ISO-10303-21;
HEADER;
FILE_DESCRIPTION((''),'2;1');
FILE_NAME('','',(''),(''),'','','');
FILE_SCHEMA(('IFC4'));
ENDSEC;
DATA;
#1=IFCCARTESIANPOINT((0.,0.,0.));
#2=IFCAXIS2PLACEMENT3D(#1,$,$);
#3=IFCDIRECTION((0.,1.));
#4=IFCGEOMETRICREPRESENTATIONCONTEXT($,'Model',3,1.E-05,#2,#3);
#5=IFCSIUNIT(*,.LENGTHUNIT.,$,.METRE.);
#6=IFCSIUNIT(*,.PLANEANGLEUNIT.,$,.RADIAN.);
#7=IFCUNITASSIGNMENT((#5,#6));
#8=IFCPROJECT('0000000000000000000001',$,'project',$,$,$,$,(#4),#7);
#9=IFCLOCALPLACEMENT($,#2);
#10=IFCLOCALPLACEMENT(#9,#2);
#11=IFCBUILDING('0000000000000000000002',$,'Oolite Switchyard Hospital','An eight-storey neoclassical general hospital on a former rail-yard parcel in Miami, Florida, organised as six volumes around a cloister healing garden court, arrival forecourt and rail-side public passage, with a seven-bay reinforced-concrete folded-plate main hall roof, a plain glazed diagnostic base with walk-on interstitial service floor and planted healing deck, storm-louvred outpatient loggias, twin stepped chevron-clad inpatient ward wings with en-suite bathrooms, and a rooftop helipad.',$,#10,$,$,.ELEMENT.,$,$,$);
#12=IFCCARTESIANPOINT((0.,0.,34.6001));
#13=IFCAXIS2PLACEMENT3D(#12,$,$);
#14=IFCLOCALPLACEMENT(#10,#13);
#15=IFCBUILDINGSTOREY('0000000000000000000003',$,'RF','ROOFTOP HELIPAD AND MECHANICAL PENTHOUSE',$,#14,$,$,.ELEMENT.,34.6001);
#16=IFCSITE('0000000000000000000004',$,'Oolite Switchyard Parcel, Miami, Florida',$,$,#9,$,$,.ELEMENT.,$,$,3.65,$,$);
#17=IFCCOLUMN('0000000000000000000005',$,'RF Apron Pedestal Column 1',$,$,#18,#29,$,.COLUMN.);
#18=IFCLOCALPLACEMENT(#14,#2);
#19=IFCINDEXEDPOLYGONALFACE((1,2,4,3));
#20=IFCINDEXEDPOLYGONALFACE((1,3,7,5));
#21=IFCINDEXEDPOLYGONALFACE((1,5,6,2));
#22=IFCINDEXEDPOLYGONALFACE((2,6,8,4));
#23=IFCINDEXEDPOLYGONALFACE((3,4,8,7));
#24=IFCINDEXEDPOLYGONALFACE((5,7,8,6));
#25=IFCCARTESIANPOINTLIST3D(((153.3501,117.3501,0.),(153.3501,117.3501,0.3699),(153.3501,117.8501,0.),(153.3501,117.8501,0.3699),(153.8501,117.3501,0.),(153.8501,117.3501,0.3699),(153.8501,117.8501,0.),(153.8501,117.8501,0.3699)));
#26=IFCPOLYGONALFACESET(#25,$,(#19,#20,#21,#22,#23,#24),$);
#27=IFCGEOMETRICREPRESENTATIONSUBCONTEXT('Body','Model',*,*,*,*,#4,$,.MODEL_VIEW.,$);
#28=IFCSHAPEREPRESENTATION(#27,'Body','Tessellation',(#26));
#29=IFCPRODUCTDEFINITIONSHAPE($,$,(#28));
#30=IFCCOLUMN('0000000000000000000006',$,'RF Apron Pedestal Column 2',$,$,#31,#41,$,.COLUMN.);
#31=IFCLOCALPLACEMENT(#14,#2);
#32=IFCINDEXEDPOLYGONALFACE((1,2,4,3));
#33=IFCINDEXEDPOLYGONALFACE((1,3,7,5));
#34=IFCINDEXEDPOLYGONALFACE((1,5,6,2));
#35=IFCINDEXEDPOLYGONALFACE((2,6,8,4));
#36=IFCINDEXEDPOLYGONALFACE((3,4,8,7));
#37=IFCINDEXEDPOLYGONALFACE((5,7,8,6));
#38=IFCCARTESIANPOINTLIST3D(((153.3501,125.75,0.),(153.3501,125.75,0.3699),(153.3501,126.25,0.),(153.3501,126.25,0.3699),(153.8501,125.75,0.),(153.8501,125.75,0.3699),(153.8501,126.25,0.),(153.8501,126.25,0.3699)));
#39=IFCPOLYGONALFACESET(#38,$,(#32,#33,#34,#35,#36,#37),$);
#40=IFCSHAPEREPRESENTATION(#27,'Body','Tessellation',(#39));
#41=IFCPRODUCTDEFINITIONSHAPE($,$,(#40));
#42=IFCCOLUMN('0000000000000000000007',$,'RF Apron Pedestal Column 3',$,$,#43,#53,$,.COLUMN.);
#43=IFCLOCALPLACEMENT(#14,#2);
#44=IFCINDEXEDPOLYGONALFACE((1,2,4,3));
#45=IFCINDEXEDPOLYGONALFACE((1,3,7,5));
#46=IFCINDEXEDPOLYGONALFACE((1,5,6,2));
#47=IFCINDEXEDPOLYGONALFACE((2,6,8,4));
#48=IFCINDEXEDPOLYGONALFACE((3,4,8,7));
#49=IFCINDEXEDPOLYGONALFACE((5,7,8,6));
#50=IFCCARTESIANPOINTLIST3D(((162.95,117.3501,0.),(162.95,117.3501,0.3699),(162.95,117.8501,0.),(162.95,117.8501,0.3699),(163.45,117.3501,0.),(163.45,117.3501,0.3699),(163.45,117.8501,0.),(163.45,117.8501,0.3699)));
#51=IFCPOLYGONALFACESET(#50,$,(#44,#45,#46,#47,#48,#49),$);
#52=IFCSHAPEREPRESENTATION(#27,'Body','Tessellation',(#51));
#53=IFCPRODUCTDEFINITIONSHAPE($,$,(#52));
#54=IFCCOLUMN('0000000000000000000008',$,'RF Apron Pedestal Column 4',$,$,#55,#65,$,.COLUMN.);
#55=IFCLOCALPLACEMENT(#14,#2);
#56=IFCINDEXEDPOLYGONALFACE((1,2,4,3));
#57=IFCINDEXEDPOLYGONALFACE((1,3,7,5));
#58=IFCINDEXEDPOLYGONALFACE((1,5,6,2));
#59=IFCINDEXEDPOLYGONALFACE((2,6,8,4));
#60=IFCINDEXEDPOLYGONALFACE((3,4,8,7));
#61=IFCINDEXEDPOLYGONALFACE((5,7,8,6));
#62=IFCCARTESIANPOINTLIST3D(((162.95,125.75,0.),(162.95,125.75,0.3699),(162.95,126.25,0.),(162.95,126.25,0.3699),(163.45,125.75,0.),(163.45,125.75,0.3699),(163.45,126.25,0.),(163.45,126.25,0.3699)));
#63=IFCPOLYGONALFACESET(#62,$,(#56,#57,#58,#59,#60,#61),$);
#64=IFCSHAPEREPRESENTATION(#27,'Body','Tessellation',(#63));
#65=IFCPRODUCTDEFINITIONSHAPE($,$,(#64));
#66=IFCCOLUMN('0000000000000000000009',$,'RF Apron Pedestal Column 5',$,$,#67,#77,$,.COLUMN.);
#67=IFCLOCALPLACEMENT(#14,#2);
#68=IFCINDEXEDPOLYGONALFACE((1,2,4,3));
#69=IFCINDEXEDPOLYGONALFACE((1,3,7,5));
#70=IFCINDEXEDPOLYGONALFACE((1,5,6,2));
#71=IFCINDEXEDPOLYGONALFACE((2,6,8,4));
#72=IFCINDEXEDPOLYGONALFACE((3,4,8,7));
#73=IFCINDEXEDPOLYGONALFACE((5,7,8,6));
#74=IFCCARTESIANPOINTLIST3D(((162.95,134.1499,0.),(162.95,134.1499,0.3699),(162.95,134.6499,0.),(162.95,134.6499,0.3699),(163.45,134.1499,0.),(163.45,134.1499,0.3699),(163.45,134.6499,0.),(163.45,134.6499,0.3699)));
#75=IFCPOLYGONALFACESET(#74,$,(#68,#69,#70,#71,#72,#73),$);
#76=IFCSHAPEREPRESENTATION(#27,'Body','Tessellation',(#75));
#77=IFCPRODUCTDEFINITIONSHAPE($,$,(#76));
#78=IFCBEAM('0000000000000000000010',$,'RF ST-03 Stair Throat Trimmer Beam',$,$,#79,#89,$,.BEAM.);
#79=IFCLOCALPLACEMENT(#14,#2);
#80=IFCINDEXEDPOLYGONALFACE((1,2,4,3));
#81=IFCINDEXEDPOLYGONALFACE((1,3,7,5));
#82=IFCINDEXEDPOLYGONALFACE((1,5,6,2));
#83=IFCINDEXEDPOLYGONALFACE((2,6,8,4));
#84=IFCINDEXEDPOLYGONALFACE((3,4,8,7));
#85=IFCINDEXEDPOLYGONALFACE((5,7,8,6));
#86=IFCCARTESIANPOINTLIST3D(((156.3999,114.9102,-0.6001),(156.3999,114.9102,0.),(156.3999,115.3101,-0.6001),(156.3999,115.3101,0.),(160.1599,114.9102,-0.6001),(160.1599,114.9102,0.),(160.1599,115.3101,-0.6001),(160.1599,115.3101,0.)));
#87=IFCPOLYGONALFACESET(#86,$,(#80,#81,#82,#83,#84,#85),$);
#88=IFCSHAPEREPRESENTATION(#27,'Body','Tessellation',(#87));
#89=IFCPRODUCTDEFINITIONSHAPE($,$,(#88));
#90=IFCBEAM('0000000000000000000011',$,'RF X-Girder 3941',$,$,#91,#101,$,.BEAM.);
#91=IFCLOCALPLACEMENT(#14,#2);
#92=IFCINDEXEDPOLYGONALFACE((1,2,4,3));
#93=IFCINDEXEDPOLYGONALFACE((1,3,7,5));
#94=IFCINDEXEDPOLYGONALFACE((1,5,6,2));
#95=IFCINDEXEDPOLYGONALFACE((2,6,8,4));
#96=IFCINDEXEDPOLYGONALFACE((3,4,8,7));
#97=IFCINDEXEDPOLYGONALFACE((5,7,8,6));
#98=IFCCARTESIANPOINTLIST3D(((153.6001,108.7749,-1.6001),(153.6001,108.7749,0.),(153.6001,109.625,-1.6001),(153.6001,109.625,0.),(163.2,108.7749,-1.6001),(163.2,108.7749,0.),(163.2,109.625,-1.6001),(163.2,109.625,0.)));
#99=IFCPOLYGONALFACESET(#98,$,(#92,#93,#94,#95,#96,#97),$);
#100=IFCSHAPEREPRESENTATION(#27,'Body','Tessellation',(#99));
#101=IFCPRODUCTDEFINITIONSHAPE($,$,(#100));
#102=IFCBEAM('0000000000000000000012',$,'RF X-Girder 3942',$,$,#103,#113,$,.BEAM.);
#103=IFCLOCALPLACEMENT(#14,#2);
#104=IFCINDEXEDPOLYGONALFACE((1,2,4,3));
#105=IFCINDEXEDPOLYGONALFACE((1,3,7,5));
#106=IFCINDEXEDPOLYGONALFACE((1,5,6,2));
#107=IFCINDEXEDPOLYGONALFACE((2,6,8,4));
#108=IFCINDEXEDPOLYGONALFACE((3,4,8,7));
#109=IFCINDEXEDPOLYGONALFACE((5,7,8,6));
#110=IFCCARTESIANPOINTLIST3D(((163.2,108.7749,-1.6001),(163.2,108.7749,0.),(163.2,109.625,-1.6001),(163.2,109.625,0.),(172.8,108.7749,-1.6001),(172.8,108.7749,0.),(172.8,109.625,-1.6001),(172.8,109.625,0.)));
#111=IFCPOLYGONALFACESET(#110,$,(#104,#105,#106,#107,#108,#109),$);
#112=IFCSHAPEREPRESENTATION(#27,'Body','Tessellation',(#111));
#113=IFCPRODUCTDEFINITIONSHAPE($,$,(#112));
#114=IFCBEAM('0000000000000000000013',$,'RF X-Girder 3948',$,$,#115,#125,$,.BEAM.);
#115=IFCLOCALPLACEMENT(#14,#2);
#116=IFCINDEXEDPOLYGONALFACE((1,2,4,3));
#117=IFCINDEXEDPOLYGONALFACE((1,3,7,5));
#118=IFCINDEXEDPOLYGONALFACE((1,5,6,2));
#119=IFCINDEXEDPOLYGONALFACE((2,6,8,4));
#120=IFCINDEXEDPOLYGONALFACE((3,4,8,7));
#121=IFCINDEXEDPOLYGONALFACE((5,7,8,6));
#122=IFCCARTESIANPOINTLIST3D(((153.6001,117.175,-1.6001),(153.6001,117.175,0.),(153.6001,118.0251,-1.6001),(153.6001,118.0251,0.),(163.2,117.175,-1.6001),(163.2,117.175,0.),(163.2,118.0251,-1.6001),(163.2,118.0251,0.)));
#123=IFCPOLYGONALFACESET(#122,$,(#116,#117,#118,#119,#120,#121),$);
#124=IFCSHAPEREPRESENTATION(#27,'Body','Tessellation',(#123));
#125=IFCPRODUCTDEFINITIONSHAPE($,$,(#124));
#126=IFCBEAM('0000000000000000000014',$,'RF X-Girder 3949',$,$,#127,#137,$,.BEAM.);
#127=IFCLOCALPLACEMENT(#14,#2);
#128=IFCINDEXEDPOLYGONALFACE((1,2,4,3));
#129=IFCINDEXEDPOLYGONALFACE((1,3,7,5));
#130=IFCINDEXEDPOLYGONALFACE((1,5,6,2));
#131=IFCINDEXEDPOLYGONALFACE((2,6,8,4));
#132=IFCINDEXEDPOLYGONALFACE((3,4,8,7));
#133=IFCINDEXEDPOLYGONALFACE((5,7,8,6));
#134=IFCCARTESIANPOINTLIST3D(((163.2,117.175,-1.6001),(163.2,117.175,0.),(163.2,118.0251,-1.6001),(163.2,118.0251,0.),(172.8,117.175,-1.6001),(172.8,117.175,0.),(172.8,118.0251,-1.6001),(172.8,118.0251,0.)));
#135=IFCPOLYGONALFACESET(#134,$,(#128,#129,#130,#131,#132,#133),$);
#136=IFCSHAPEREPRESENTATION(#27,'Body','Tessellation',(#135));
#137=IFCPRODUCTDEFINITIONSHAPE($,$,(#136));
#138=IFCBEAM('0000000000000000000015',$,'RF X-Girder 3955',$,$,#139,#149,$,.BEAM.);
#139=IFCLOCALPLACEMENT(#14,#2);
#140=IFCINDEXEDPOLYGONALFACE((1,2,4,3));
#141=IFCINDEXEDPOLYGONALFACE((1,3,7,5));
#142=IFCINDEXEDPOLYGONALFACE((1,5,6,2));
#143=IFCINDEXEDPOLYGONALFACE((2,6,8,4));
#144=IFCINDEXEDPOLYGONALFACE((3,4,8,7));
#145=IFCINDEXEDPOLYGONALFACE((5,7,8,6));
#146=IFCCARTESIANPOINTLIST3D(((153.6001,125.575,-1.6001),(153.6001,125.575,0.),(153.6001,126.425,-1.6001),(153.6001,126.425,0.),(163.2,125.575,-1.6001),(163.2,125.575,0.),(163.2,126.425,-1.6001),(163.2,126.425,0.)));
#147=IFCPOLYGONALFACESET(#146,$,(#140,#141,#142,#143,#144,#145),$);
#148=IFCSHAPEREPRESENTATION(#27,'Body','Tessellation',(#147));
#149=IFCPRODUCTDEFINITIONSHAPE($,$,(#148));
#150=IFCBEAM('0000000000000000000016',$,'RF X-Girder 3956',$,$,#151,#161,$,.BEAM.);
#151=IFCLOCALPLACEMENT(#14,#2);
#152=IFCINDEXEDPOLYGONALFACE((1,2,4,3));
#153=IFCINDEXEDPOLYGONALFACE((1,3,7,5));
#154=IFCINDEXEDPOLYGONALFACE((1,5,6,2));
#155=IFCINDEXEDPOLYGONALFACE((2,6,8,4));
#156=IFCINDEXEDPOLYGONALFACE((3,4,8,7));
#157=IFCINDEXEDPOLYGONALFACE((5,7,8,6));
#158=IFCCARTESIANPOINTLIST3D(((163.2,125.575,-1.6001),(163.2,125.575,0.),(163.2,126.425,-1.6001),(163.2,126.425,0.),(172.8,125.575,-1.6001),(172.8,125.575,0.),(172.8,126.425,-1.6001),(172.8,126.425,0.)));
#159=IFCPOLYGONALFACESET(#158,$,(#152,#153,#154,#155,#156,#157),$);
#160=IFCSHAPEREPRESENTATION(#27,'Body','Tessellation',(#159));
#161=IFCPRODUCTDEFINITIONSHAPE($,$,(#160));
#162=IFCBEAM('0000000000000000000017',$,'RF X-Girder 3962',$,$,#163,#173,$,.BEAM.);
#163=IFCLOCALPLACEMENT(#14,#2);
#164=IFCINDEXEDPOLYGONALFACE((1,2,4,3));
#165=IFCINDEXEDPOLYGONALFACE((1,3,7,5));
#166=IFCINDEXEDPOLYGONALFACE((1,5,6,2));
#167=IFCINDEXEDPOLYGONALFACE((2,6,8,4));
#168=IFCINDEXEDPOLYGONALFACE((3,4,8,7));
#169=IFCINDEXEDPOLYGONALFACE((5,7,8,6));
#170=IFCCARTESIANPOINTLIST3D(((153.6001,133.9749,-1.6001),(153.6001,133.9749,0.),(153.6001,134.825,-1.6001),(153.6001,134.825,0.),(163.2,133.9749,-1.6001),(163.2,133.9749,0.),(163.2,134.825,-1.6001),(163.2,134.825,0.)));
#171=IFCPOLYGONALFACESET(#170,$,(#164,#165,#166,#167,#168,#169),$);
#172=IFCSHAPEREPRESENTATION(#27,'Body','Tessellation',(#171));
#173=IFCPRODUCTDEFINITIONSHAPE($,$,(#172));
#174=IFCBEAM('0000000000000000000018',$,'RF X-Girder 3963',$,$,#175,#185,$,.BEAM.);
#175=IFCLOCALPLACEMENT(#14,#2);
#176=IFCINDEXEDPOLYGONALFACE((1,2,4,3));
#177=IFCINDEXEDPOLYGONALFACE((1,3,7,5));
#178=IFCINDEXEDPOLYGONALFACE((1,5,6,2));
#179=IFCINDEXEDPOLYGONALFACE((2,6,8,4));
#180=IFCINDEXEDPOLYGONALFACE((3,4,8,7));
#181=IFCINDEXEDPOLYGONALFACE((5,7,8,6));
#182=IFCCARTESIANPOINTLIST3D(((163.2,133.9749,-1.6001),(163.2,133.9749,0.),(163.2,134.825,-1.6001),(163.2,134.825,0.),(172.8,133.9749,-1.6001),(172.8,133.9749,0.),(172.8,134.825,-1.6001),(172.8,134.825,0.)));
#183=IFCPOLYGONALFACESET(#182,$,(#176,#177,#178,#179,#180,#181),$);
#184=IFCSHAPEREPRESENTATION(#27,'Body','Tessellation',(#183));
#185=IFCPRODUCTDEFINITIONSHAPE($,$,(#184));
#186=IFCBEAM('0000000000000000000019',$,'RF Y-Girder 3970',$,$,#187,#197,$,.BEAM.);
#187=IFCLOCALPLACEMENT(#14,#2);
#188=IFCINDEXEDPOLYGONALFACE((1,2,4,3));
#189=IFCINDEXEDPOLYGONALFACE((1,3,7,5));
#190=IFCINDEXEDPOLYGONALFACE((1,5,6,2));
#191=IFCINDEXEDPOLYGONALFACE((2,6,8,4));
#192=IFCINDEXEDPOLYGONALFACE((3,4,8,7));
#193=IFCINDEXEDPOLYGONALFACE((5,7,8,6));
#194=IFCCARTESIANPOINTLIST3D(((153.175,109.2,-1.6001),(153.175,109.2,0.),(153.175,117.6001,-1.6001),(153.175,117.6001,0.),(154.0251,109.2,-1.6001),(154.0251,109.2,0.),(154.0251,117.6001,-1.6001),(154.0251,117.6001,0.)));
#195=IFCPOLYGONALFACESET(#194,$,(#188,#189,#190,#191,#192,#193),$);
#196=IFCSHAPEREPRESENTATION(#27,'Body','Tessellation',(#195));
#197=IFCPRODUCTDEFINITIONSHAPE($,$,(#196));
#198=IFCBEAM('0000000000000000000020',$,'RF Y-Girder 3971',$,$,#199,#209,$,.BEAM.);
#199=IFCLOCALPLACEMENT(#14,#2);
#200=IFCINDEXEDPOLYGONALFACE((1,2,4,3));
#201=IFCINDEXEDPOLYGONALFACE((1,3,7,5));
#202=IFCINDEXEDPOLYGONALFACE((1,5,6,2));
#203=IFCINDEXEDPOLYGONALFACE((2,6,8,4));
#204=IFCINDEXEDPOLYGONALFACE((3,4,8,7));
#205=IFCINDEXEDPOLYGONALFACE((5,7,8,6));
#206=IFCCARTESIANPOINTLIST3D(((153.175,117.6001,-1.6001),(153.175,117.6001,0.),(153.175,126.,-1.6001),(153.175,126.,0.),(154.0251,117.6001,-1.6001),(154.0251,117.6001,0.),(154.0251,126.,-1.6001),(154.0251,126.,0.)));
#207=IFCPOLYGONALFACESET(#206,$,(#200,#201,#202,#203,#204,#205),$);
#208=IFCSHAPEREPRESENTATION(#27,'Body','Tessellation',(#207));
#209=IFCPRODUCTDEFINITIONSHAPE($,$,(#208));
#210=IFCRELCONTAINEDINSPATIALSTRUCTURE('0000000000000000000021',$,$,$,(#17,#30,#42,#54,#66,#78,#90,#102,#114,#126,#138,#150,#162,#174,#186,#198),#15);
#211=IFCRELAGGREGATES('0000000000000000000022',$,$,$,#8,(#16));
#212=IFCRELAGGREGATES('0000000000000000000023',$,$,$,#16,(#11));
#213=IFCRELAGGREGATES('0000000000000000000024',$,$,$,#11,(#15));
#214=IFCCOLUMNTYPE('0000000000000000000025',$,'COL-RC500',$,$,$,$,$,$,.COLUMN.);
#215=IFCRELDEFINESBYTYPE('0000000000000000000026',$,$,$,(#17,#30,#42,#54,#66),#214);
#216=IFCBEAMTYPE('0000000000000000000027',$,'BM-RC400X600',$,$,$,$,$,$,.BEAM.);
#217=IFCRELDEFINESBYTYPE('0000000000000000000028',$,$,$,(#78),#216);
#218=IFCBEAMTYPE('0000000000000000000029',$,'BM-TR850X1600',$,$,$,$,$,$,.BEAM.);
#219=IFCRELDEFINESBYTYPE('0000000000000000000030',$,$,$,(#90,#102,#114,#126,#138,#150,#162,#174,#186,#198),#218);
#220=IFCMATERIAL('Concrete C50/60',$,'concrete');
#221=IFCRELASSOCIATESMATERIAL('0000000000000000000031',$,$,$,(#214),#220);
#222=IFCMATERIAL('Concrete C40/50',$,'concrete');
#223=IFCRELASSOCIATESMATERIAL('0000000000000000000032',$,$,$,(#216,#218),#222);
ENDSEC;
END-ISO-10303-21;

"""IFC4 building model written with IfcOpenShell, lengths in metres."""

from ifc_helpers import new_model, si_unit, direction, frame, origin, origin_2d, place, context, subcontext, project, spatial, rectangle, extrude, material, material_profile, profile_set, type_object, element, save


model = new_model("IFC4")

# Units and contexts
model_context = context("Model", 3, precision=1e-05, world=origin(), true_north=direction((0.0, 1.0)))
body_context = subcontext(model_context, "Body", "Model", "MODEL_VIEW")
ifc_project = project(units=[si_unit("LENGTHUNIT", "METRE"), si_unit("PLANEANGLEUNIT", "RADIAN")], contexts=[model_context])

# Site, building, storey
site_placement = place(None, origin())
site = spatial("IfcSite", under=ifc_project, at=site_placement, Name="Oolite Switchyard Parcel, Miami, Florida", CompositionType="ELEMENT", RefElevation=3.65)
building_placement = place(site_placement, origin())
building = spatial("IfcBuilding", under=site, at=building_placement, Name="Oolite Switchyard Hospital", Description="An eight-storey neoclassical general hospital on a former rail-yard parcel in Miami, Florida, organised as six volumes around a cloister healing garden court, arrival forecourt and rail-side public passage, with a seven-bay reinforced-concrete folded-plate main hall roof, a plain glazed diagnostic base with walk-on interstitial service floor and planted healing deck, storm-louvred outpatient loggias, twin stepped chevron-clad inpatient ward wings with en-suite bathrooms, and a rooftop helipad.", CompositionType="ELEMENT")
storey_placement = place(building_placement, frame((0.0, 0.0, 34.6001)))
storey = spatial("IfcBuildingStorey", under=building, at=storey_placement, Name="RF", Description="ROOFTOP HELIPAD AND MECHANICAL PENTHOUSE", CompositionType="ELEMENT", Elevation=34.6001)

# Columns
ifc_material_1 = material(Name="Concrete C50/60", Category="concrete")
ifc_material_profile_1 = material_profile(ifc_material_1, rectangle(XDim=0.5, YDim=0.5, at=origin_2d()), Name="RC500X500")
ifc_profile_set_1 = profile_set([ifc_material_profile_1], Name="Concrete C50/60")
column_type = type_object("IfcColumnType", Name="COL-RC500", PredefinedType="COLUMN", material=ifc_profile_set_1)
for number, where, z_axis, x_axis, name in (
    (1, (153.6001, 117.6001, 0.0), (0.0, 0.0, 1.0), (1.0, 0.0, 0.0), "RF Apron Pedestal Column 1"),
    (2, (153.6001, 126.0, 0.0), (0.0, 0.0, 1.0), (1.0, 0.0, 0.0), "RF Apron Pedestal Column 2"),
    (3, (163.2, 117.6001, 0.0), (0.0, 0.0, 1.0), (1.0, 0.0, 0.0), "RF Apron Pedestal Column 3"),
    (4, (163.2, 126.0, 0.0), (0.0, 0.0, 1.0), (1.0, 0.0, 0.0), "RF Apron Pedestal Column 4"),
    (5, (163.2, 134.3999, 0.0), (0.0, 0.0, 1.0), (1.0, 0.0, 0.0), "RF Apron Pedestal Column 5"),
):
    element("IfcColumn", number, at=place(storey_placement, frame(where, z_axis=z_axis, x_axis=x_axis)), inside=storey, type_object=column_type, Name=name, PredefinedType="COLUMN", context=body_context, shape_type="SweptSolid", body=[
        extrude(rectangle(XDim=0.5, YDim=0.5, at=origin_2d()), origin(), (0.0, 0.0, 1.0), 0.3699),
    ])

# Beams
ifc_material_2 = material(Name="Concrete C40/50", Category="concrete")
ifc_material_profile_2 = material_profile(ifc_material_2, rectangle(XDim=0.3999, YDim=0.6001, at=origin_2d()), Name="RCB400X600")
ifc_profile_set_2 = profile_set([ifc_material_profile_2], Name="Concrete C40/50")
beam_type_1 = type_object("IfcBeamType", Name="BM-RC400X600", PredefinedType="BEAM", material=ifc_profile_set_2)
beam_1_placement = place(storey_placement, frame((156.3999, 115.1101, -0.3), z_axis=(1.0, 0.0, 0.0), x_axis=(0.0, 1.0, 0.0)))
element("IfcBeam", 6, at=beam_1_placement, inside=storey, type_object=beam_type_1, Name="RF ST-03 Stair Throat Trimmer Beam", PredefinedType="BEAM", context=body_context, shape_type="SweptSolid", body=[
    extrude(rectangle(XDim=0.3999, YDim=0.6001, at=origin_2d()), origin(), (0.0, 0.0, 1.0), 3.76),
])
ifc_material_profile_3 = material_profile(ifc_material_2, rectangle(XDim=0.8501, YDim=1.6001, at=origin_2d()), Name="RCT850X1600")
ifc_profile_set_3 = profile_set([ifc_material_profile_3], Name="Concrete C40/50")
beam_type_2 = type_object("IfcBeamType", Name="BM-TR850X1600", PredefinedType="BEAM", material=ifc_profile_set_3)
beam_2_placement = place(storey_placement, frame((153.6001, 109.2, -0.8), z_axis=(1.0, 0.0, 0.0), x_axis=(0.0, 1.0, 0.0)))
element("IfcBeam", 7, at=beam_2_placement, inside=storey, type_object=beam_type_2, Name="RF X-Girder 3941", PredefinedType="BEAM", context=body_context, shape_type="SweptSolid", body=[
    extrude(rectangle(XDim=0.8501, YDim=1.6001, at=origin_2d()), origin(), (0.0, 0.0, 1.0), 9.5999),
])
beam_3_placement = place(storey_placement, frame((163.2, 109.2, -0.8), z_axis=(1.0, 0.0, 0.0), x_axis=(0.0, 1.0, 0.0)))
element("IfcBeam", 8, at=beam_3_placement, inside=storey, type_object=beam_type_2, Name="RF X-Girder 3942", PredefinedType="BEAM", context=body_context, shape_type="SweptSolid", body=[
    extrude(rectangle(XDim=0.8501, YDim=1.6001, at=origin_2d()), origin(), (0.0, 0.0, 1.0), 9.6001),
])
beam_4_placement = place(storey_placement, frame((153.6001, 117.6001, -0.8), z_axis=(1.0, 0.0, 0.0), x_axis=(0.0, 1.0, 0.0)))
element("IfcBeam", 9, at=beam_4_placement, inside=storey, type_object=beam_type_2, Name="RF X-Girder 3948", PredefinedType="BEAM", context=body_context, shape_type="SweptSolid", body=[
    extrude(rectangle(XDim=0.8501, YDim=1.6001, at=origin_2d()), origin(), (0.0, 0.0, 1.0), 9.5999),
])
beam_5_placement = place(storey_placement, frame((163.2, 117.6001, -0.8), z_axis=(1.0, 0.0, 0.0), x_axis=(0.0, 1.0, 0.0)))
element("IfcBeam", 10, at=beam_5_placement, inside=storey, type_object=beam_type_2, Name="RF X-Girder 3949", PredefinedType="BEAM", context=body_context, shape_type="SweptSolid", body=[
    extrude(rectangle(XDim=0.8501, YDim=1.6001, at=origin_2d()), origin(), (0.0, 0.0, 1.0), 9.6001),
])
beam_6_placement = place(storey_placement, frame((153.6001, 126.0, -0.8), z_axis=(1.0, 0.0, 0.0), x_axis=(0.0, 1.0, 0.0)))
element("IfcBeam", 11, at=beam_6_placement, inside=storey, type_object=beam_type_2, Name="RF X-Girder 3955", PredefinedType="BEAM", context=body_context, shape_type="SweptSolid", body=[
    extrude(rectangle(XDim=0.8501, YDim=1.6001, at=origin_2d()), origin(), (0.0, 0.0, 1.0), 9.5999),
])
beam_7_placement = place(storey_placement, frame((163.2, 126.0, -0.8), z_axis=(1.0, 0.0, 0.0), x_axis=(0.0, 1.0, 0.0)))
element("IfcBeam", 12, at=beam_7_placement, inside=storey, type_object=beam_type_2, Name="RF X-Girder 3956", PredefinedType="BEAM", context=body_context, shape_type="SweptSolid", body=[
    extrude(rectangle(XDim=0.8501, YDim=1.6001, at=origin_2d()), origin(), (0.0, 0.0, 1.0), 9.6001),
])
beam_8_placement = place(storey_placement, frame((153.6001, 134.3999, -0.8), z_axis=(1.0, 0.0, 0.0), x_axis=(0.0, 1.0, 0.0)))
element("IfcBeam", 13, at=beam_8_placement, inside=storey, type_object=beam_type_2, Name="RF X-Girder 3962", PredefinedType="BEAM", context=body_context, shape_type="SweptSolid", body=[
    extrude(rectangle(XDim=0.8501, YDim=1.6001, at=origin_2d()), origin(), (0.0, 0.0, 1.0), 9.5999),
])
beam_9_placement = place(storey_placement, frame((163.2, 134.3999, -0.8), z_axis=(1.0, 0.0, 0.0), x_axis=(0.0, 1.0, 0.0)))
element("IfcBeam", 14, at=beam_9_placement, inside=storey, type_object=beam_type_2, Name="RF X-Girder 3963", PredefinedType="BEAM", context=body_context, shape_type="SweptSolid", body=[
    extrude(rectangle(XDim=0.8501, YDim=1.6001, at=origin_2d()), origin(), (0.0, 0.0, 1.0), 9.6001),
])
beam_10_placement = place(storey_placement, frame((153.6001, 109.2, -0.8), z_axis=(0.0, 1.0, 0.0), x_axis=(-1.0, 0.0, 0.0)))
element("IfcBeam", 15, at=beam_10_placement, inside=storey, type_object=beam_type_2, Name="RF Y-Girder 3970", PredefinedType="BEAM", context=body_context, shape_type="SweptSolid", body=[
    extrude(rectangle(XDim=0.8501, YDim=1.6001, at=origin_2d()), origin(), (0.0, 0.0, 1.0), 8.4001),
])
for number, where, z_axis, x_axis, name in (
    (16, (153.6001, 117.6001, -0.8), (0.0, 1.0, 0.0), (-1.0, 0.0, 0.0), "RF Y-Girder 3971"),
):
    element("IfcBeam", number, at=place(storey_placement, frame(where, z_axis=z_axis, x_axis=x_axis)), inside=storey, type_object=beam_type_2, Name=name, PredefinedType="BEAM", context=body_context, shape_type="SweptSolid", body=[
        extrude(rectangle(XDim=0.8501, YDim=1.6001, at=origin_2d()), origin(), (0.0, 0.0, 1.0), 8.3999),
    ])

save(model, "model.ifc")
